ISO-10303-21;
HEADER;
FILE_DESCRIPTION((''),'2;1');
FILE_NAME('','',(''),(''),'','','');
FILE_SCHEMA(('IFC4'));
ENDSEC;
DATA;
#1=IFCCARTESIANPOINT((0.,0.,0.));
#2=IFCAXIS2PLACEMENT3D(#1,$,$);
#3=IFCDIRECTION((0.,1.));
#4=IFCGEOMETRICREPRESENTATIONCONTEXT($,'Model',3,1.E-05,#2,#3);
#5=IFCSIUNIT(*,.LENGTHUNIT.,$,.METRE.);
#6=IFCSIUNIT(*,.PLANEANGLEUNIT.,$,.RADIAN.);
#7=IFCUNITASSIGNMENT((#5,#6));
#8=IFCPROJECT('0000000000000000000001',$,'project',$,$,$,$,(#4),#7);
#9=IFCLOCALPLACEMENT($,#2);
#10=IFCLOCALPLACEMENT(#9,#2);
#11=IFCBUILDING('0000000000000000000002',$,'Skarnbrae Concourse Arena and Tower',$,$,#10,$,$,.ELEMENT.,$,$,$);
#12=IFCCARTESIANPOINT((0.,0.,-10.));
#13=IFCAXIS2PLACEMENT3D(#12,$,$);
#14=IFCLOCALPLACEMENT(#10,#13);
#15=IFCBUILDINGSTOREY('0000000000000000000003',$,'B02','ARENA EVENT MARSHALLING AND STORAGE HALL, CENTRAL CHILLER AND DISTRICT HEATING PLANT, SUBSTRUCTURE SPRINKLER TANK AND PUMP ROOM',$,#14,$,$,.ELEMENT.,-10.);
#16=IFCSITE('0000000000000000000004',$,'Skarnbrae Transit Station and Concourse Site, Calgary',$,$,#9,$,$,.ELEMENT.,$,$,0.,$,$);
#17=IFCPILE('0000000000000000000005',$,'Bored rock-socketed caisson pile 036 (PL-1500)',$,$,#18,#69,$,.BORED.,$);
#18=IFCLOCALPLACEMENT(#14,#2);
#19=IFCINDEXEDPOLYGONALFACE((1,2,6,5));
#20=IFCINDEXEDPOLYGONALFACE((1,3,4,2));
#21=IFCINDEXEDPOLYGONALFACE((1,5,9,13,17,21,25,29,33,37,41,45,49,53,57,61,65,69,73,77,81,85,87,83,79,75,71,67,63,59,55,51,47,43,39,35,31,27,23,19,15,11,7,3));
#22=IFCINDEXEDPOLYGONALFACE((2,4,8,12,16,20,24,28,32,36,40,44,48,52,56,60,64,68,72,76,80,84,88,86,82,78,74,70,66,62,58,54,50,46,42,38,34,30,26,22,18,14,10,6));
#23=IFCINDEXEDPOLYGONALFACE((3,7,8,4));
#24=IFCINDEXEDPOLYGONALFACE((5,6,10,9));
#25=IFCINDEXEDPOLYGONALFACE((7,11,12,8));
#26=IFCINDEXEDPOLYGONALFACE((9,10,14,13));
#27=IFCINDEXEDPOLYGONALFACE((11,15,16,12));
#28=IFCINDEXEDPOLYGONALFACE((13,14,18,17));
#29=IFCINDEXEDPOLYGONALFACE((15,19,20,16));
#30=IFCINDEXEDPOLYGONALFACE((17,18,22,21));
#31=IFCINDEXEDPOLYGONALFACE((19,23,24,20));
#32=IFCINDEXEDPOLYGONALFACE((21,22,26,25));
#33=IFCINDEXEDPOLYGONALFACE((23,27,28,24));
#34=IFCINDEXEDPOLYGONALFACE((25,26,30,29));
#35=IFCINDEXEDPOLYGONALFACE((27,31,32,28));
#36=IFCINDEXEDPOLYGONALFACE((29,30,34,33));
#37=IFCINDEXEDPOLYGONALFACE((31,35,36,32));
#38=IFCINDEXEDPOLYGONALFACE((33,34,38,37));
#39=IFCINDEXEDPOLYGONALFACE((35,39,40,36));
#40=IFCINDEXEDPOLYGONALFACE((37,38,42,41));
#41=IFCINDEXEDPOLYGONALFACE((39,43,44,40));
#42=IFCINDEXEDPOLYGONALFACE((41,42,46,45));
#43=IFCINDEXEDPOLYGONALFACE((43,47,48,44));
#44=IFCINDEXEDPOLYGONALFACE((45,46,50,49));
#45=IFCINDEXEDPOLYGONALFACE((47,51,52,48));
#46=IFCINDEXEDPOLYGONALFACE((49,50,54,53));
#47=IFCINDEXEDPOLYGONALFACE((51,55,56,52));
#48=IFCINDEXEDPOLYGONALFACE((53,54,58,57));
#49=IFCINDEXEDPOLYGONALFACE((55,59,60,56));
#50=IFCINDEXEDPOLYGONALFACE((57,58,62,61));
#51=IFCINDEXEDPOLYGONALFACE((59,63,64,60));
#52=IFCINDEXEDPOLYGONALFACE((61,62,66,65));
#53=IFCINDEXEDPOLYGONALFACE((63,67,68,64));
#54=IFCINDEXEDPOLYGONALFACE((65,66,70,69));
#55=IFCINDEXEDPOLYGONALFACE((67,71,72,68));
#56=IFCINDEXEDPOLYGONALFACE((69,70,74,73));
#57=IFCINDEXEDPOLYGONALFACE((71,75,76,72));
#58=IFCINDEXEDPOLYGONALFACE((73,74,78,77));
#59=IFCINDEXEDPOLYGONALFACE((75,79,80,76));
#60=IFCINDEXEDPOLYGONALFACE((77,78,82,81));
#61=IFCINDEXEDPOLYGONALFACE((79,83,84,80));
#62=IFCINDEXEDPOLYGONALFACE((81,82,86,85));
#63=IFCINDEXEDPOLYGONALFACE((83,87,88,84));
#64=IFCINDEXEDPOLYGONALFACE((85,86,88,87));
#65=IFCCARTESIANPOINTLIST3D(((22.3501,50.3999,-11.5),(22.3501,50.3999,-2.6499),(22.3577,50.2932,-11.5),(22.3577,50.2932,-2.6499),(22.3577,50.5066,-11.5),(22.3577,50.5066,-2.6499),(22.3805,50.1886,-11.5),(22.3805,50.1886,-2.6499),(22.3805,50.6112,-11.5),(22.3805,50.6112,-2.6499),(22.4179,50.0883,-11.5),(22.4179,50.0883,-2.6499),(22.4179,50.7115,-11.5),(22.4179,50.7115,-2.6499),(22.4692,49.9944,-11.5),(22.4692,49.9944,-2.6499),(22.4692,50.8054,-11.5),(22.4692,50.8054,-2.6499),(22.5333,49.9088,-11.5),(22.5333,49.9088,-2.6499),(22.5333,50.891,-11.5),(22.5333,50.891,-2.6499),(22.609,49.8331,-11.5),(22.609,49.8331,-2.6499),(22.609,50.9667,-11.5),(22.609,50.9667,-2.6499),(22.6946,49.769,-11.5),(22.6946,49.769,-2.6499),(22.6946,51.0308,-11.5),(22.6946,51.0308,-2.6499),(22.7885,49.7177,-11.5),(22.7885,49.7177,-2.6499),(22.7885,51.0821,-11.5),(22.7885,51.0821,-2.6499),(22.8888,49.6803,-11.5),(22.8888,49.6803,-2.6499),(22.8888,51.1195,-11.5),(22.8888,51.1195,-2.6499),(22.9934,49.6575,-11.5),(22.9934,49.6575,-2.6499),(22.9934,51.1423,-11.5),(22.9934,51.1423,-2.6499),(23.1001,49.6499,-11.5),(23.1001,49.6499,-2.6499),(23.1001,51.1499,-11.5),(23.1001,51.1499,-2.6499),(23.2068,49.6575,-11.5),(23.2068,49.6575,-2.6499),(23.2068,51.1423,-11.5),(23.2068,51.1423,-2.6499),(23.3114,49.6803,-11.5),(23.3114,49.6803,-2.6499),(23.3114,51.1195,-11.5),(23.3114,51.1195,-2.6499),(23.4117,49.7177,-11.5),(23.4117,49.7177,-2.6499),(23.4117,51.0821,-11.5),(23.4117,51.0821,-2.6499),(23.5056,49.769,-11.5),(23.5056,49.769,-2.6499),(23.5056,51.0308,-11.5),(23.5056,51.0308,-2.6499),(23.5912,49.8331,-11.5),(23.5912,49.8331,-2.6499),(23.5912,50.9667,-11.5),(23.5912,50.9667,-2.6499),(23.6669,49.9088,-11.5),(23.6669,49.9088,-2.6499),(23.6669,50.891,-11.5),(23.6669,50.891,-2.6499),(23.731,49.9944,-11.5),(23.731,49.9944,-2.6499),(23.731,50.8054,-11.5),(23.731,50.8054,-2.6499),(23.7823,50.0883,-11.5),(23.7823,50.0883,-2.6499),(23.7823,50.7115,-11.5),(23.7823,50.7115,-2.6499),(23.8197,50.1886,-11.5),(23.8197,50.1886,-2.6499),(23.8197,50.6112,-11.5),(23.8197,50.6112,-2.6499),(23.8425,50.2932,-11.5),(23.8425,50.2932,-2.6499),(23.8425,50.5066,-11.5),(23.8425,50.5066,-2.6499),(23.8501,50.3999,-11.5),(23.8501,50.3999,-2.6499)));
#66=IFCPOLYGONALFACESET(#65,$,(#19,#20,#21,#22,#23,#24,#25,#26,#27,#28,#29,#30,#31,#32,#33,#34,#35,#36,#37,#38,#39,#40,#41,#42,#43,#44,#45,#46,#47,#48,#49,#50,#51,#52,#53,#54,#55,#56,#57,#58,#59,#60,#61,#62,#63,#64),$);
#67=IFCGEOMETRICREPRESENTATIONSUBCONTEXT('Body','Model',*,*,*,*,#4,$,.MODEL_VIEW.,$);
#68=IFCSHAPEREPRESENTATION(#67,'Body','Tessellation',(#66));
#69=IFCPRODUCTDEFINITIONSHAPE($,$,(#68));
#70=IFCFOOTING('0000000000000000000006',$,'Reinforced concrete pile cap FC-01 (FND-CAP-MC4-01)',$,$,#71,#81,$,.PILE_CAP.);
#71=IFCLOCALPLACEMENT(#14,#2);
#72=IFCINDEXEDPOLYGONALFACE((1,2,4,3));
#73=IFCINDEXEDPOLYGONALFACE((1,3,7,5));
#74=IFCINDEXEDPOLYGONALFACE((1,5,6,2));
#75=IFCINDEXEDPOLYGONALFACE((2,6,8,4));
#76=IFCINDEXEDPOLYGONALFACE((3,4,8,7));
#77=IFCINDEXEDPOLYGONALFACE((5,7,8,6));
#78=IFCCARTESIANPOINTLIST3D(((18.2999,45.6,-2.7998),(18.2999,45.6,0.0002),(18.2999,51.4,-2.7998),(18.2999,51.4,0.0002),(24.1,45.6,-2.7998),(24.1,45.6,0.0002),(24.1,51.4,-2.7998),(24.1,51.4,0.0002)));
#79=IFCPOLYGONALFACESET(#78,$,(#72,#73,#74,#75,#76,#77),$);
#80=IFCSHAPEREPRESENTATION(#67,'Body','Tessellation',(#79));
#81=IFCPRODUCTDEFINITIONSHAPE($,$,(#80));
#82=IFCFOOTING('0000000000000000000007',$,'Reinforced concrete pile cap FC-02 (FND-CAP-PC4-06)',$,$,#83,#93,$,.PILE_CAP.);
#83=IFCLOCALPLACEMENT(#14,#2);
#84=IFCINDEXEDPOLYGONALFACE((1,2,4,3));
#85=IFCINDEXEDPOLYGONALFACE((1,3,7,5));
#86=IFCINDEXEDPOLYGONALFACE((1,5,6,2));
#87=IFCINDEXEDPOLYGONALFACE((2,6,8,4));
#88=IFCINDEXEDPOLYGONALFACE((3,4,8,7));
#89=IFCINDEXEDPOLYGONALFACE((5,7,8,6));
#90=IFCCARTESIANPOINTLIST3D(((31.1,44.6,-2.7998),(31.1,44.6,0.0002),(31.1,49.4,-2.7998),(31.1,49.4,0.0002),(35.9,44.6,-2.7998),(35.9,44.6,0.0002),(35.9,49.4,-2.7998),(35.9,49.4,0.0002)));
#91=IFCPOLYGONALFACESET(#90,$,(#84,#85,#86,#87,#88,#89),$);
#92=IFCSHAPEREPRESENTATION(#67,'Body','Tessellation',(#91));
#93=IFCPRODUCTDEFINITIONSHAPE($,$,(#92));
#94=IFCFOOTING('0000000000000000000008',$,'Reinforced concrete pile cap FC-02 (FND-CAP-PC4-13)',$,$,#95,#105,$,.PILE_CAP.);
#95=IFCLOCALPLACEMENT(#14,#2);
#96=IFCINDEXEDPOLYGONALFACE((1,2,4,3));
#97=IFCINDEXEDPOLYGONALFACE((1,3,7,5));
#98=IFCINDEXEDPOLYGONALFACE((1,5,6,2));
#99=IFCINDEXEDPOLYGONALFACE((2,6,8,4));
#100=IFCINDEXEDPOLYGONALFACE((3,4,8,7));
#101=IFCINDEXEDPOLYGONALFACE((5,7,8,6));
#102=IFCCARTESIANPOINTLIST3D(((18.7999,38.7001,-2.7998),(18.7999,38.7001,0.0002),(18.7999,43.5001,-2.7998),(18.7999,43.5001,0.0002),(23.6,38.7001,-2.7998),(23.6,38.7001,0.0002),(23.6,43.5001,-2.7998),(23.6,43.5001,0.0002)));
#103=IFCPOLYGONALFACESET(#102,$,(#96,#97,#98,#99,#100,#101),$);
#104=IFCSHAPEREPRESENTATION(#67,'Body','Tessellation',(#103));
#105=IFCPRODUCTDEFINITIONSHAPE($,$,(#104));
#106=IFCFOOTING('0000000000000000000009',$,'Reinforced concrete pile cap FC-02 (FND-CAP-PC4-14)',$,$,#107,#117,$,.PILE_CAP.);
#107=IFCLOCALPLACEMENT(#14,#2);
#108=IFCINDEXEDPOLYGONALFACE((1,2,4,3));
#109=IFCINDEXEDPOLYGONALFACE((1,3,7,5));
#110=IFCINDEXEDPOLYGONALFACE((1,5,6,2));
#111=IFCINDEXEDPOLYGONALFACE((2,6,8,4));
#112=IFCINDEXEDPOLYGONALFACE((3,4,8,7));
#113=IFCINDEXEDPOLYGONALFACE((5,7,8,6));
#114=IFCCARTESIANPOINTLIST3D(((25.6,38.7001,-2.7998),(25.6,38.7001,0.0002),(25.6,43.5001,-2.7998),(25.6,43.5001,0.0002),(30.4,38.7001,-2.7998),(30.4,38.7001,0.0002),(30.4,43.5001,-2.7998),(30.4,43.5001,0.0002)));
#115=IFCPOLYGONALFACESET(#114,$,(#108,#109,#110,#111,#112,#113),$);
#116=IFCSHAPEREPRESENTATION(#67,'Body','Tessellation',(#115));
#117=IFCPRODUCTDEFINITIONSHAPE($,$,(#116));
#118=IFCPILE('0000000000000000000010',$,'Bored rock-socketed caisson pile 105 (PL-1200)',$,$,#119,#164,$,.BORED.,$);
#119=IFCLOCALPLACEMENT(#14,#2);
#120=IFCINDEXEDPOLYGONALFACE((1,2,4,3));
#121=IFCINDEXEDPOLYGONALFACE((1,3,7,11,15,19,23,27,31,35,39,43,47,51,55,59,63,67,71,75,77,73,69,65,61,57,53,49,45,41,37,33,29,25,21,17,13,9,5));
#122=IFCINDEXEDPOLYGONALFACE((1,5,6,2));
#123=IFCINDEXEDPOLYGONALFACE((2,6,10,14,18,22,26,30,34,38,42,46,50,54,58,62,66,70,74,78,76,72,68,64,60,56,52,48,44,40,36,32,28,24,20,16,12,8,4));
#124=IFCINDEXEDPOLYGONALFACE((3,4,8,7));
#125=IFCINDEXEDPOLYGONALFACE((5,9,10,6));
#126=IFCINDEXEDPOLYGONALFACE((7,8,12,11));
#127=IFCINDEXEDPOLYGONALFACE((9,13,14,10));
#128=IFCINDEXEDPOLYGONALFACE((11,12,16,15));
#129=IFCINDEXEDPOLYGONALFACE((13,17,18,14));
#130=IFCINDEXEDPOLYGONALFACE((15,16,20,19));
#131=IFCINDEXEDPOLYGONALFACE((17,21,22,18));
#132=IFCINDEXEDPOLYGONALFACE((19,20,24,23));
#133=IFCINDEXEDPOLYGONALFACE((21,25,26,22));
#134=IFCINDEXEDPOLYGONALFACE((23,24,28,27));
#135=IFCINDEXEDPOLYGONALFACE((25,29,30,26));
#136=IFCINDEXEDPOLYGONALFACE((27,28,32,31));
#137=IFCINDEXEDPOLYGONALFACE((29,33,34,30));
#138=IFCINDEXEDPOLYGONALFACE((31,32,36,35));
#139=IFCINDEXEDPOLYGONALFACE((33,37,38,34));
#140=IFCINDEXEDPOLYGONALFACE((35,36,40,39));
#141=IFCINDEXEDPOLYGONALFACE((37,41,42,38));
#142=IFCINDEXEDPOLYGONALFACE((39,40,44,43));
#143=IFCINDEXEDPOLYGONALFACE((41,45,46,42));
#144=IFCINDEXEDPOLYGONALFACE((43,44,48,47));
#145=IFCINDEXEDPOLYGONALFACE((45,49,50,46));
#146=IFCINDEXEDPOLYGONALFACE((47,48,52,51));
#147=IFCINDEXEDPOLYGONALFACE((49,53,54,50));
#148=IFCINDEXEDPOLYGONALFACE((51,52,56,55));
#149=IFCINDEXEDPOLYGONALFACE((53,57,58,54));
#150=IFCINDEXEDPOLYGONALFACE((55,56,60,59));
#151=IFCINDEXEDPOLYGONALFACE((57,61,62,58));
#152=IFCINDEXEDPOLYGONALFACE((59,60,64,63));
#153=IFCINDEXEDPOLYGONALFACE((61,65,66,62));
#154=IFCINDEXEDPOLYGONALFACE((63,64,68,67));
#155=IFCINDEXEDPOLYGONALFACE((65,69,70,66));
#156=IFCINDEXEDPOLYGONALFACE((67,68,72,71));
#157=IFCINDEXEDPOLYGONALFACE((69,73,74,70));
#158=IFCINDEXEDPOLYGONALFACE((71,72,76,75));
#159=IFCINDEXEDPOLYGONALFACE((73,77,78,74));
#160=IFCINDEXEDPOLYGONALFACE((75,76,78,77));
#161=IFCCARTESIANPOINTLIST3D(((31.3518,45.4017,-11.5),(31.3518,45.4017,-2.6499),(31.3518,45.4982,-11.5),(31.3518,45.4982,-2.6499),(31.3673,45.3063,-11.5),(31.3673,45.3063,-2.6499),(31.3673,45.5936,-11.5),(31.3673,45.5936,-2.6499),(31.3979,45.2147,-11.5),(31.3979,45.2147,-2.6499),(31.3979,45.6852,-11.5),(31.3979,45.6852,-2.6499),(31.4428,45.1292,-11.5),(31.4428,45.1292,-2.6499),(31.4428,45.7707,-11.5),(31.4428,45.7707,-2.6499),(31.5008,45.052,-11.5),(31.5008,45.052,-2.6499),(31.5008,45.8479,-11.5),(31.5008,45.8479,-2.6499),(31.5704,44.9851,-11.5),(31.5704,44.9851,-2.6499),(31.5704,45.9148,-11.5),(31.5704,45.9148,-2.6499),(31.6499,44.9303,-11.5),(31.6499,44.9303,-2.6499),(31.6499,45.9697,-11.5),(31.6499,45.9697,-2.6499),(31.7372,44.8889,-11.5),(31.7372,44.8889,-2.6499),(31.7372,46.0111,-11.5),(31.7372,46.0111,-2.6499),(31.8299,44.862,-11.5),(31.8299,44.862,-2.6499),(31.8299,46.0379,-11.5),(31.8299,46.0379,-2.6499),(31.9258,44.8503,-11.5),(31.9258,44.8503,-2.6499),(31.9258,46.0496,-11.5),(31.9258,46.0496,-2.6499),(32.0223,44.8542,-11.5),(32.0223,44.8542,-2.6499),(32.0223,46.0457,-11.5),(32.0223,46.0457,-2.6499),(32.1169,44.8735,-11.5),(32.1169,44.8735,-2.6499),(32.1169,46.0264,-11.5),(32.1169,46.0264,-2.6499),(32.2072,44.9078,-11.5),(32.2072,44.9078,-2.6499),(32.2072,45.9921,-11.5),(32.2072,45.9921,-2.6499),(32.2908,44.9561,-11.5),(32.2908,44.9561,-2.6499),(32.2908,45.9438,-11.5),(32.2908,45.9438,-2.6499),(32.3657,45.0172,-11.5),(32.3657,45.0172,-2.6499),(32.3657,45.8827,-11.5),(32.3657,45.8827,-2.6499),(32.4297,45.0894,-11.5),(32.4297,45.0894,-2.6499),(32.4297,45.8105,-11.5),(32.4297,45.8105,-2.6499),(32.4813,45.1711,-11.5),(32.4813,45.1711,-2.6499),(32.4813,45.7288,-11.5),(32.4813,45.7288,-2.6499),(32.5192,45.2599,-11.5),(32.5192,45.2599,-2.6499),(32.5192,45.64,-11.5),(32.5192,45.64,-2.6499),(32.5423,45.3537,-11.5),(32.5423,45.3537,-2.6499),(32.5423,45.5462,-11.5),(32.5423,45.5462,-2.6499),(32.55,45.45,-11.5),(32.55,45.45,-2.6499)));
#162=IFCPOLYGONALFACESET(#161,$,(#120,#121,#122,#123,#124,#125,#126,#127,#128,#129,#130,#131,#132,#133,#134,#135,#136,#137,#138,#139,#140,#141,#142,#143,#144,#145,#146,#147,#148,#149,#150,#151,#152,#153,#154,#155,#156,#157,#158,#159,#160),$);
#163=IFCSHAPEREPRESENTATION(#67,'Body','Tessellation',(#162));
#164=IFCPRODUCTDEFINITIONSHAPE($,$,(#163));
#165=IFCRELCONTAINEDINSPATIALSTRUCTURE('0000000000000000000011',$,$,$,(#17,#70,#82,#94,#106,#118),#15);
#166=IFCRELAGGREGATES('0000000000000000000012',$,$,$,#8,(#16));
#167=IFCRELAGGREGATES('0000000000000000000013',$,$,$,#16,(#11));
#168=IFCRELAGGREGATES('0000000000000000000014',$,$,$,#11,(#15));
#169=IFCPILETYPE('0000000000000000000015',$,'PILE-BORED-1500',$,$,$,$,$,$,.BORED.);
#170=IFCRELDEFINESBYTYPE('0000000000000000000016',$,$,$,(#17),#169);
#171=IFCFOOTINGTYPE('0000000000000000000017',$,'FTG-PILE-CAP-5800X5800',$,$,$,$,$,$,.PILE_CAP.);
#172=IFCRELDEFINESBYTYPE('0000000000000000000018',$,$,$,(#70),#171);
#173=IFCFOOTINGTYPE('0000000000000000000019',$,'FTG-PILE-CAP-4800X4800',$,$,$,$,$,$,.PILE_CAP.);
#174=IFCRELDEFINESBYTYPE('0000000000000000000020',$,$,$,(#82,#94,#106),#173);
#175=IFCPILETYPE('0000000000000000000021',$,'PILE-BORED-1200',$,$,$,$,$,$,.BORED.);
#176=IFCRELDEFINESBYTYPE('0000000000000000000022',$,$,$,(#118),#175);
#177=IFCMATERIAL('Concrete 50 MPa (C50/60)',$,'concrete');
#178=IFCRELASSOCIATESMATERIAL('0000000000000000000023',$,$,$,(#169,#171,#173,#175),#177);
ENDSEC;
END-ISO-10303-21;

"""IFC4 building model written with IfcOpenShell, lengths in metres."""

from ifc_helpers import new_model, si_unit, direction, frame, origin, origin_2d, place, context, subcontext, project, spatial, rectangle, circle, extrude, source, transform, mapped, material, material_profile, profile_set, type_object, element, save


model = new_model("IFC4")

# Units and contexts
model_context = context("Model", 3, precision=1e-05, world=origin(), true_north=direction((0.0, 1.0)))
body_context = subcontext(model_context, "Body", "Model", "MODEL_VIEW")
ifc_project = project(units=[si_unit("LENGTHUNIT", "METRE"), si_unit("PLANEANGLEUNIT", "RADIAN")], contexts=[model_context])

# Site, building, storey
site_placement = place(None, origin())
site = spatial("IfcSite", under=ifc_project, at=site_placement, Name="Skarnbrae Transit Station and Concourse Site, Calgary", CompositionType="ELEMENT", RefElevation=0.0)
building_placement = place(site_placement, origin())
building = spatial("IfcBuilding", under=site, at=building_placement, Name="Skarnbrae Concourse Arena and Tower", CompositionType="ELEMENT")
storey_placement = place(building_placement, frame((0.0, 0.0, -10.0)))
storey = spatial("IfcBuildingStorey", under=building, at=storey_placement, Name="B02", Description="ARENA EVENT MARSHALLING AND STORAGE HALL, CENTRAL CHILLER AND DISTRICT HEATING PLANT, SUBSTRUCTURE SPRINKLER TANK AND PUMP ROOM", CompositionType="ELEMENT", Elevation=-10.0)

# Pile
ifc_material_1 = material(Name="Concrete 50 MPa (C50/60)", Category="concrete")
ifc_material_profile_1 = material_profile(ifc_material_1, circle(Radius=0.75, at=origin_2d()), Name="CAISSON-1500")
ifc_profile_set_1 = profile_set([ifc_material_profile_1], Name="Concrete 50 MPa (C50/60)")
pile_type_1 = type_object("IfcPileType", Name="PILE-BORED-1500", PredefinedType="BORED", material=ifc_profile_set_1)
shared_shape_1 = source(origin(), body_context, "Body", "SweptSolid", [
    extrude(circle(Radius=0.75, at=origin_2d()), origin(), (0.0, 0.0, 1.0), 8.8501),
])
for number, where, z_axis, x_axis, name in (
    (1, (23.1001, 50.3999, -2.6499), (0.0, 0.0, -1.0), (1.0, 0.0, 0.0), "Bored rock-socketed caisson pile 036 (PL-1500)"),
):
    element("IfcPile", number, at=place(storey_placement, frame(where, z_axis=z_axis, x_axis=x_axis)), inside=storey, type_object=pile_type_1, Name=name, PredefinedType="BORED", context=body_context, shape_type="MappedRepresentation", body=[
        mapped(shared_shape_1, transform((0.0, 0.0, 0.0))),
    ])

# Footings
footing_type_1 = type_object("IfcFootingType", Name="FTG-PILE-CAP-5800X5800", PredefinedType="PILE_CAP", material=ifc_material_1)
shared_shape_2 = source(origin(), body_context, "Body", "SweptSolid", [
    extrude(rectangle(XDim=5.8, YDim=5.8, at=origin_2d()), origin(), (0.0, 0.0, 1.0), 2.8),
])
footing_placement = place(storey_placement, frame((21.2, 48.5, -2.7998), z_axis=(0.0, 0.0, 1.0), x_axis=(1.0, 0.0, 0.0)))
element("IfcFooting", 2, at=footing_placement, inside=storey, type_object=footing_type_1, Name="Reinforced concrete pile cap FC-01 (FND-CAP-MC4-01)", PredefinedType="PILE_CAP", context=body_context, shape_type="MappedRepresentation", body=[
    mapped(shared_shape_2, transform((0.0, 0.0, 0.0))),
])
footing_type_2 = type_object("IfcFootingType", Name="FTG-PILE-CAP-4800X4800", PredefinedType="PILE_CAP", material=ifc_material_1)
shared_shape_3 = source(origin(), body_context, "Body", "SweptSolid", [
    extrude(rectangle(XDim=4.8, YDim=4.8, at=origin_2d()), origin(), (0.0, 0.0, 1.0), 2.8),
])
for number, where, z_axis, x_axis, name in (
    (3, (33.5, 47.0, -2.7998), (0.0, 0.0, 1.0), (1.0, 0.0, 0.0), "Reinforced concrete pile cap FC-02 (FND-CAP-PC4-06)"),
    (4, (21.2, 41.1001, -2.7998), (0.0, 0.0, 1.0), (1.0, 0.0, 0.0), "Reinforced concrete pile cap FC-02 (FND-CAP-PC4-13)"),
    (5, (28.0, 41.1001, -2.7998), (0.0, 0.0, 1.0), (1.0, 0.0, 0.0), "Reinforced concrete pile cap FC-02 (FND-CAP-PC4-14)"),
):
    element("IfcFooting", number, at=place(storey_placement, frame(where, z_axis=z_axis, x_axis=x_axis)), inside=storey, type_object=footing_type_2, Name=name, PredefinedType="PILE_CAP", context=body_context, shape_type="MappedRepresentation", body=[
        mapped(shared_shape_3, transform((0.0, 0.0, 0.0))),
    ])

# Pile
ifc_material_profile_2 = material_profile(ifc_material_1, circle(Radius=0.6001, at=origin_2d()), Name="CAISSON-1200")
ifc_profile_set_2 = profile_set([ifc_material_profile_2], Name="Concrete 50 MPa (C50/60)")
pile_type_2 = type_object("IfcPileType", Name="PILE-BORED-1200", PredefinedType="BORED", material=ifc_profile_set_2)
shared_shape_4 = source(origin(), body_context, "Body", "SweptSolid", [
    extrude(circle(Radius=0.6001, at=origin_2d()), origin(), (0.0, 0.0, 1.0), 8.8501),
])
for number, where, z_axis, x_axis, name in (
    (6, (31.95, 45.45, -2.6499), (0.0, 0.0, -1.0), (1.0, 0.0, 0.0), "Bored rock-socketed caisson pile 105 (PL-1200)"),
):
    element("IfcPile", number, at=place(storey_placement, frame(where, z_axis=z_axis, x_axis=x_axis)), inside=storey, type_object=pile_type_2, Name=name, PredefinedType="BORED", context=body_context, shape_type="MappedRepresentation", body=[
        mapped(shared_shape_4, transform((0.0, 0.0, 0.0))),
    ])

save(model, "model.ifc")
